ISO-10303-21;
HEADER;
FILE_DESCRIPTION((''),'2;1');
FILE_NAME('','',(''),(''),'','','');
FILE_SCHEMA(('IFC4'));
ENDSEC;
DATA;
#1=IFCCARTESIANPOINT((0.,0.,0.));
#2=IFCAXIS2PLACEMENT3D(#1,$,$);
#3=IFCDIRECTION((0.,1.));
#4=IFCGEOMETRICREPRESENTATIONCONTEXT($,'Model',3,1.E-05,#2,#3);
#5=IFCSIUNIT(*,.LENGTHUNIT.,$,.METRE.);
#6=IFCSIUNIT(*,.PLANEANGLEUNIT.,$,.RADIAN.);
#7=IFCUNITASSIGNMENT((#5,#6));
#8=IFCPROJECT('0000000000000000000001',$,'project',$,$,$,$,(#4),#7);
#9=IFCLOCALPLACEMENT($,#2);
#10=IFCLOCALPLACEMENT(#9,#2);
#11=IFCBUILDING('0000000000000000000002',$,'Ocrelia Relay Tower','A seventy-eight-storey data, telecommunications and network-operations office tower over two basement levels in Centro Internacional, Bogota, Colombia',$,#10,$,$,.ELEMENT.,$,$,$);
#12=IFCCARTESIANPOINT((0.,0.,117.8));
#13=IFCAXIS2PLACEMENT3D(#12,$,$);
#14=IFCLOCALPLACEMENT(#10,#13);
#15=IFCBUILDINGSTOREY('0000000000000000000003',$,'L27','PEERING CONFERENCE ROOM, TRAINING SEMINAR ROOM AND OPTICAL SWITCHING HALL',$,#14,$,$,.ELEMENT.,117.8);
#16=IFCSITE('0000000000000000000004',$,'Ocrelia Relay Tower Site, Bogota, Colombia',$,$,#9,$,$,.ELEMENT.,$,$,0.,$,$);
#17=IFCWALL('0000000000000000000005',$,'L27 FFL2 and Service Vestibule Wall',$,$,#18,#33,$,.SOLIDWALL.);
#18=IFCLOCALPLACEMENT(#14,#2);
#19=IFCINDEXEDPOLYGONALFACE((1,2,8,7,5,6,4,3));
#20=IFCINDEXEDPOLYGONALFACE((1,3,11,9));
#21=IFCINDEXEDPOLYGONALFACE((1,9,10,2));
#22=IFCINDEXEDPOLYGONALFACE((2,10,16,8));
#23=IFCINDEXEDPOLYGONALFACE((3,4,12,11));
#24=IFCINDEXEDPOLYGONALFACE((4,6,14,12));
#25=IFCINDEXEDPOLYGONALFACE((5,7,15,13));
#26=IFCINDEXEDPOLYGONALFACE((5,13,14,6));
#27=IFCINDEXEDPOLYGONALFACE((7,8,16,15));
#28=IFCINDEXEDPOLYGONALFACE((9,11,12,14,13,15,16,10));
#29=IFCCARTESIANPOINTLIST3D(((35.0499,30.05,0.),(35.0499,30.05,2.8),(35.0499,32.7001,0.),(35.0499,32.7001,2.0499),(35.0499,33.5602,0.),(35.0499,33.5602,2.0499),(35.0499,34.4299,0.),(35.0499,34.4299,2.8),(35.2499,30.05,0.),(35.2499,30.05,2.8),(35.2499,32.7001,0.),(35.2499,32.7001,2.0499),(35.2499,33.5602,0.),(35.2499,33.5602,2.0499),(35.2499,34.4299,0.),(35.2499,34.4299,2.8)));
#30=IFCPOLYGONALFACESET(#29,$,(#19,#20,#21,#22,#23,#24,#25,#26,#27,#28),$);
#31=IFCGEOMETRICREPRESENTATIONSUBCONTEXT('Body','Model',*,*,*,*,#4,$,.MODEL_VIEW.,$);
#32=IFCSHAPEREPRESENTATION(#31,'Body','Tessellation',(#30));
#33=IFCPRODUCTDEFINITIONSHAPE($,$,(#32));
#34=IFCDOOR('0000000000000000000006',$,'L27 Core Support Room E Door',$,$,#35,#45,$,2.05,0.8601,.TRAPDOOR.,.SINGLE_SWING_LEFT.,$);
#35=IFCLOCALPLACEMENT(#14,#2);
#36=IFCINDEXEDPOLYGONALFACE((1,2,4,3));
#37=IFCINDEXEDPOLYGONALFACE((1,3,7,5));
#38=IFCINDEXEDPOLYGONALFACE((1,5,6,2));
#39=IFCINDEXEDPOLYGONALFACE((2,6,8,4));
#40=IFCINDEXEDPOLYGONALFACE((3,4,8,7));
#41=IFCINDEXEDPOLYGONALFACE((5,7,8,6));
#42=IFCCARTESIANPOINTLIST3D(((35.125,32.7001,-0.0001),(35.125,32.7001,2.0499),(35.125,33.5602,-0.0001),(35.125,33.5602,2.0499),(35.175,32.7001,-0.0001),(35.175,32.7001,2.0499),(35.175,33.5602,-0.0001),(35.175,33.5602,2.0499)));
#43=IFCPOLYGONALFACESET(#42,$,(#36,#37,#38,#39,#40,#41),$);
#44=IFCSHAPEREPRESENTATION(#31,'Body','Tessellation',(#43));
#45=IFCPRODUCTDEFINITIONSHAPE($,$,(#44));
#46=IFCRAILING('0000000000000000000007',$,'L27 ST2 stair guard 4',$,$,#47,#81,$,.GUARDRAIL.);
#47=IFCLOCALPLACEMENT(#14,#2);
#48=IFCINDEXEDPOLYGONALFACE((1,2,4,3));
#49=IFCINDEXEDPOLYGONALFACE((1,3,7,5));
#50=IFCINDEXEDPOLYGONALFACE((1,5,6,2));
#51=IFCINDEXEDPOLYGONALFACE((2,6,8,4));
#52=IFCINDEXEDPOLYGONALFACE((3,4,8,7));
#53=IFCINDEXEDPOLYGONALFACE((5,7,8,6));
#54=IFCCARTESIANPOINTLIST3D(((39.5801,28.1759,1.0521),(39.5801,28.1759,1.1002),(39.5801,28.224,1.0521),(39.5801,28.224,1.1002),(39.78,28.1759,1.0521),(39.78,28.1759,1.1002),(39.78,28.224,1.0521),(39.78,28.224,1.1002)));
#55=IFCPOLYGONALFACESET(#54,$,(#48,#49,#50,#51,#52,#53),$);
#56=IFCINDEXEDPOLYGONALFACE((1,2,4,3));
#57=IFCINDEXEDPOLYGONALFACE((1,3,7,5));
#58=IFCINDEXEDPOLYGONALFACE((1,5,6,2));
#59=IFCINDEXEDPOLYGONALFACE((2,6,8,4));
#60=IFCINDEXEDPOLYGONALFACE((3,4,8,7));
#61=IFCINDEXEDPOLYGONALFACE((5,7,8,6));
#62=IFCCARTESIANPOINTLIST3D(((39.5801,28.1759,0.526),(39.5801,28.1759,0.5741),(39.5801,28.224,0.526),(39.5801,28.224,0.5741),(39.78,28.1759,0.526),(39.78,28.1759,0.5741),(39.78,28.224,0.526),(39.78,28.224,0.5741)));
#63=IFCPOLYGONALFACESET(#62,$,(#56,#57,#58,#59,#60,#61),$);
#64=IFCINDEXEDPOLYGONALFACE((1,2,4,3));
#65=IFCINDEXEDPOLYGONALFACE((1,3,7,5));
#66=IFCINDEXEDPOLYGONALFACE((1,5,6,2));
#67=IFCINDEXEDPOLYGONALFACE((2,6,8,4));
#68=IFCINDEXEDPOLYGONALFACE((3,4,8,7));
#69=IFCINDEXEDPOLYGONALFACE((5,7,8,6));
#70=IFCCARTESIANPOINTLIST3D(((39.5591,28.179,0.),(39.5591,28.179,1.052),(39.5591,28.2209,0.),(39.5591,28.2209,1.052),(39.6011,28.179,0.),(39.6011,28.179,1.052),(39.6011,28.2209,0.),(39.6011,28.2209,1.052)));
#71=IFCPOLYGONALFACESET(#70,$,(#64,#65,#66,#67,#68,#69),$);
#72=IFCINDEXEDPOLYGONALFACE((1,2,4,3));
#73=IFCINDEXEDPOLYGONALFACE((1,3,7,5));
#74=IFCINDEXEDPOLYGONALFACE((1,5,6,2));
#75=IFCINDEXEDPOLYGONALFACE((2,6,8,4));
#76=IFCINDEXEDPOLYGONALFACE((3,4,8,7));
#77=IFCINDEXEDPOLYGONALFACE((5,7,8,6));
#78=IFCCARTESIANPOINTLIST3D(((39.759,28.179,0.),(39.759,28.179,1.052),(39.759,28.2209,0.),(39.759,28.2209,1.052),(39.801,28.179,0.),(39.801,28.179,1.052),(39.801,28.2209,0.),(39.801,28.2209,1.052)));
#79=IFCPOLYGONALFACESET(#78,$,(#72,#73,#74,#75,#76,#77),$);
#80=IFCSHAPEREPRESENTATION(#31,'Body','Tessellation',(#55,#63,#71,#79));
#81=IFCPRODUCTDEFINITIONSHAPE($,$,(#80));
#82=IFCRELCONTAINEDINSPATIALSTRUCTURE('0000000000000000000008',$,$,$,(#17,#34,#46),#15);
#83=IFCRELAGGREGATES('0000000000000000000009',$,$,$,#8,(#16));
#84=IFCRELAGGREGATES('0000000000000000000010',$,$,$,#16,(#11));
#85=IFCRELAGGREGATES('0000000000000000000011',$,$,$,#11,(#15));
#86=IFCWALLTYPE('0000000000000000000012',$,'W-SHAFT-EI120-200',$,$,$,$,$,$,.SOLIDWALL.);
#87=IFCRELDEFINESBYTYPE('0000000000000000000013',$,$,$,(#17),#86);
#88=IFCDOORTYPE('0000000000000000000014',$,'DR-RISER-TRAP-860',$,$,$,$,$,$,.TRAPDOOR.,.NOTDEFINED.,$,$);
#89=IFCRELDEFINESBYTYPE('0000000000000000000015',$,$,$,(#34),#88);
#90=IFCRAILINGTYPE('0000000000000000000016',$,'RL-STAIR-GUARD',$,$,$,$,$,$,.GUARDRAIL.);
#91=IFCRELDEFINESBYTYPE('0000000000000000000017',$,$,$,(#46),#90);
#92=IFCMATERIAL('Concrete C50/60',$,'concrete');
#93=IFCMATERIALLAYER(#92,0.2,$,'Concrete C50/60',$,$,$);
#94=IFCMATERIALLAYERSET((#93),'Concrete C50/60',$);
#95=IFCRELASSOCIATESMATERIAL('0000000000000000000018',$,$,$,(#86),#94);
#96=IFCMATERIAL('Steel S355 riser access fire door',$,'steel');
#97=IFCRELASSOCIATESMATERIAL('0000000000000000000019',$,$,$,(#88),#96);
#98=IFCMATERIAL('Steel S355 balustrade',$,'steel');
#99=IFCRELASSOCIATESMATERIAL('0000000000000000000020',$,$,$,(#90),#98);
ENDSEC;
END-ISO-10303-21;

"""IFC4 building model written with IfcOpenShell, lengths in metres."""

from ifc_helpers import new_model, si_unit, direction, frame, frame_2d, origin, origin_2d, place, context, subcontext, project, spatial, rectangle, extrude, material, layer, layer_set, type_object, element, fill, save


model = new_model("IFC4")

# Units and contexts
model_context = context("Model", 3, precision=1e-05, world=origin(), true_north=direction((0.0, 1.0)))
body_context = subcontext(model_context, "Body", "Model", "MODEL_VIEW")
ifc_project = project(units=[si_unit("LENGTHUNIT", "METRE"), si_unit("PLANEANGLEUNIT", "RADIAN")], contexts=[model_context])

# Site, building, storey
site_placement = place(None, origin())
site = spatial("IfcSite", under=ifc_project, at=site_placement, Name="Ocrelia Relay Tower Site, Bogota, Colombia", CompositionType="ELEMENT", RefElevation=0.0)
building_placement = place(site_placement, origin())
building = spatial("IfcBuilding", under=site, at=building_placement, Name="Ocrelia Relay Tower", Description="A seventy-eight-storey data, telecommunications and network-operations office tower over two basement levels in Centro Internacional, Bogota, Colombia", CompositionType="ELEMENT")
storey_placement = place(building_placement, frame((0.0, 0.0, 117.8)))
storey = spatial("IfcBuildingStorey", under=building, at=storey_placement, Name="L27", Description="PEERING CONFERENCE ROOM, TRAINING SEMINAR ROOM AND OPTICAL SWITCHING HALL", CompositionType="ELEMENT", Elevation=117.8)

# Shared definitions
ifc_material_1 = material(Name="Concrete C50/60", Category="concrete")

# Shared definitions
ifc_layer_1 = layer(ifc_material_1, 0.2, Name="Concrete C50/60")
ifc_layer_set_1 = layer_set([ifc_layer_1], Name="Concrete C50/60")
wall_type_1 = type_object("IfcWallType", Name="W-SHAFT-EI120-200", PredefinedType="SOLIDWALL", material=ifc_layer_set_1)
ifc_material_2 = material(Name="Steel S355 riser access fire door", Category="steel")
door_type_1 = type_object("IfcDoorType", Name="DR-RISER-TRAP-860", OperationType="NOTDEFINED", PredefinedType="TRAPDOOR", material=ifc_material_2)

# Wall, opening, door
wall_1_placement = place(storey_placement, frame((35.1499, 30.05, 0.0), z_axis=(0.0, 0.0, 1.0), x_axis=(0.0, 1.0, 0.0)))
wall_1 = element("IfcWall", 1, at=wall_1_placement, inside=storey, type_object=wall_type_1, Name="L27 FFL2 and Service Vestibule Wall", PredefinedType="SOLIDWALL", context=body_context, shape_type="SweptSolid", body=[
    extrude(rectangle(XDim=4.3799, YDim=0.2, at=frame_2d((2.1899, 0.0))), origin(), (0.0, 0.0, 1.0), 2.8),
])
opening_1_placement = place(wall_1_placement, frame((2.6499, 0.0, 0.0)))
opening_1 = element("IfcOpeningElement", 2, at=opening_1_placement, cuts=wall_1, PredefinedType="OPENING", context=body_context, shape_type="SweptSolid", body=[
    extrude(rectangle(XDim=0.8601, YDim=2.05, at=frame_2d((0.4302, 1.0249))), frame((0.0, 0.1099, 0.0), z_axis=(0.0, -1.0, 0.0), x_axis=(1.0, 0.0, 0.0)), (0.0, 0.0, 1.0), 0.22),
])
door_1_placement = place(opening_1_placement, origin())
door_1 = element("IfcDoor", 3, at=door_1_placement, inside=storey, type_object=door_type_1, Name="L27 Core Support Room E Door", OperationType="SINGLE_SWING_LEFT", OverallHeight=2.05, OverallWidth=0.8601, PredefinedType="TRAPDOOR", context=body_context, shape_type="SweptSolid", body=[
    extrude(rectangle(XDim=0.8601, YDim=2.05, at=frame_2d((0.4302, 1.0249))), frame((0.0, 0.0249, 0.0), z_axis=(0.0, -1.0, 0.0), x_axis=(1.0, 0.0, 0.0)), (0.0, 0.0, 1.0), 0.05),
])
fill(opening_1, door_1)

# Railing
ifc_material_3 = material(Name="Steel S355 balustrade", Category="steel")
railing_type = type_object("IfcRailingType", Name="RL-STAIR-GUARD", PredefinedType="GUARDRAIL", material=ifc_material_3)
railing_placement = place(storey_placement, frame((39.5801, 28.2, 0.0)))
element("IfcRailing", 4, at=railing_placement, inside=storey, type_object=railing_type, Name="L27 ST2 stair guard 4", PredefinedType="GUARDRAIL", context=body_context, shape_type="SweptSolid", body=[
    extrude(rectangle(XDim=0.0481, YDim=0.0481, at=origin_2d()), frame((0.0, 0.0, 1.0762), z_axis=(1.0, 0.0, 0.0), x_axis=(0.0, 1.0, 0.0)), (0.0, 0.0, 1.0), 0.2),
    extrude(rectangle(XDim=0.0481, YDim=0.0481, at=origin_2d()), frame((0.0, 0.0, 0.55), z_axis=(1.0, 0.0, 0.0), x_axis=(0.0, 1.0, 0.0)), (0.0, 0.0, 1.0), 0.2),
    extrude(rectangle(XDim=0.042, YDim=0.042, at=origin_2d()), origin(), (0.0, 0.0, 1.0), 1.052),
    extrude(rectangle(XDim=0.042, YDim=0.042, at=origin_2d()), frame((0.2, 0.0, 0.0)), (0.0, 0.0, 1.0), 1.052),
])

save(model, "model.ifc")
